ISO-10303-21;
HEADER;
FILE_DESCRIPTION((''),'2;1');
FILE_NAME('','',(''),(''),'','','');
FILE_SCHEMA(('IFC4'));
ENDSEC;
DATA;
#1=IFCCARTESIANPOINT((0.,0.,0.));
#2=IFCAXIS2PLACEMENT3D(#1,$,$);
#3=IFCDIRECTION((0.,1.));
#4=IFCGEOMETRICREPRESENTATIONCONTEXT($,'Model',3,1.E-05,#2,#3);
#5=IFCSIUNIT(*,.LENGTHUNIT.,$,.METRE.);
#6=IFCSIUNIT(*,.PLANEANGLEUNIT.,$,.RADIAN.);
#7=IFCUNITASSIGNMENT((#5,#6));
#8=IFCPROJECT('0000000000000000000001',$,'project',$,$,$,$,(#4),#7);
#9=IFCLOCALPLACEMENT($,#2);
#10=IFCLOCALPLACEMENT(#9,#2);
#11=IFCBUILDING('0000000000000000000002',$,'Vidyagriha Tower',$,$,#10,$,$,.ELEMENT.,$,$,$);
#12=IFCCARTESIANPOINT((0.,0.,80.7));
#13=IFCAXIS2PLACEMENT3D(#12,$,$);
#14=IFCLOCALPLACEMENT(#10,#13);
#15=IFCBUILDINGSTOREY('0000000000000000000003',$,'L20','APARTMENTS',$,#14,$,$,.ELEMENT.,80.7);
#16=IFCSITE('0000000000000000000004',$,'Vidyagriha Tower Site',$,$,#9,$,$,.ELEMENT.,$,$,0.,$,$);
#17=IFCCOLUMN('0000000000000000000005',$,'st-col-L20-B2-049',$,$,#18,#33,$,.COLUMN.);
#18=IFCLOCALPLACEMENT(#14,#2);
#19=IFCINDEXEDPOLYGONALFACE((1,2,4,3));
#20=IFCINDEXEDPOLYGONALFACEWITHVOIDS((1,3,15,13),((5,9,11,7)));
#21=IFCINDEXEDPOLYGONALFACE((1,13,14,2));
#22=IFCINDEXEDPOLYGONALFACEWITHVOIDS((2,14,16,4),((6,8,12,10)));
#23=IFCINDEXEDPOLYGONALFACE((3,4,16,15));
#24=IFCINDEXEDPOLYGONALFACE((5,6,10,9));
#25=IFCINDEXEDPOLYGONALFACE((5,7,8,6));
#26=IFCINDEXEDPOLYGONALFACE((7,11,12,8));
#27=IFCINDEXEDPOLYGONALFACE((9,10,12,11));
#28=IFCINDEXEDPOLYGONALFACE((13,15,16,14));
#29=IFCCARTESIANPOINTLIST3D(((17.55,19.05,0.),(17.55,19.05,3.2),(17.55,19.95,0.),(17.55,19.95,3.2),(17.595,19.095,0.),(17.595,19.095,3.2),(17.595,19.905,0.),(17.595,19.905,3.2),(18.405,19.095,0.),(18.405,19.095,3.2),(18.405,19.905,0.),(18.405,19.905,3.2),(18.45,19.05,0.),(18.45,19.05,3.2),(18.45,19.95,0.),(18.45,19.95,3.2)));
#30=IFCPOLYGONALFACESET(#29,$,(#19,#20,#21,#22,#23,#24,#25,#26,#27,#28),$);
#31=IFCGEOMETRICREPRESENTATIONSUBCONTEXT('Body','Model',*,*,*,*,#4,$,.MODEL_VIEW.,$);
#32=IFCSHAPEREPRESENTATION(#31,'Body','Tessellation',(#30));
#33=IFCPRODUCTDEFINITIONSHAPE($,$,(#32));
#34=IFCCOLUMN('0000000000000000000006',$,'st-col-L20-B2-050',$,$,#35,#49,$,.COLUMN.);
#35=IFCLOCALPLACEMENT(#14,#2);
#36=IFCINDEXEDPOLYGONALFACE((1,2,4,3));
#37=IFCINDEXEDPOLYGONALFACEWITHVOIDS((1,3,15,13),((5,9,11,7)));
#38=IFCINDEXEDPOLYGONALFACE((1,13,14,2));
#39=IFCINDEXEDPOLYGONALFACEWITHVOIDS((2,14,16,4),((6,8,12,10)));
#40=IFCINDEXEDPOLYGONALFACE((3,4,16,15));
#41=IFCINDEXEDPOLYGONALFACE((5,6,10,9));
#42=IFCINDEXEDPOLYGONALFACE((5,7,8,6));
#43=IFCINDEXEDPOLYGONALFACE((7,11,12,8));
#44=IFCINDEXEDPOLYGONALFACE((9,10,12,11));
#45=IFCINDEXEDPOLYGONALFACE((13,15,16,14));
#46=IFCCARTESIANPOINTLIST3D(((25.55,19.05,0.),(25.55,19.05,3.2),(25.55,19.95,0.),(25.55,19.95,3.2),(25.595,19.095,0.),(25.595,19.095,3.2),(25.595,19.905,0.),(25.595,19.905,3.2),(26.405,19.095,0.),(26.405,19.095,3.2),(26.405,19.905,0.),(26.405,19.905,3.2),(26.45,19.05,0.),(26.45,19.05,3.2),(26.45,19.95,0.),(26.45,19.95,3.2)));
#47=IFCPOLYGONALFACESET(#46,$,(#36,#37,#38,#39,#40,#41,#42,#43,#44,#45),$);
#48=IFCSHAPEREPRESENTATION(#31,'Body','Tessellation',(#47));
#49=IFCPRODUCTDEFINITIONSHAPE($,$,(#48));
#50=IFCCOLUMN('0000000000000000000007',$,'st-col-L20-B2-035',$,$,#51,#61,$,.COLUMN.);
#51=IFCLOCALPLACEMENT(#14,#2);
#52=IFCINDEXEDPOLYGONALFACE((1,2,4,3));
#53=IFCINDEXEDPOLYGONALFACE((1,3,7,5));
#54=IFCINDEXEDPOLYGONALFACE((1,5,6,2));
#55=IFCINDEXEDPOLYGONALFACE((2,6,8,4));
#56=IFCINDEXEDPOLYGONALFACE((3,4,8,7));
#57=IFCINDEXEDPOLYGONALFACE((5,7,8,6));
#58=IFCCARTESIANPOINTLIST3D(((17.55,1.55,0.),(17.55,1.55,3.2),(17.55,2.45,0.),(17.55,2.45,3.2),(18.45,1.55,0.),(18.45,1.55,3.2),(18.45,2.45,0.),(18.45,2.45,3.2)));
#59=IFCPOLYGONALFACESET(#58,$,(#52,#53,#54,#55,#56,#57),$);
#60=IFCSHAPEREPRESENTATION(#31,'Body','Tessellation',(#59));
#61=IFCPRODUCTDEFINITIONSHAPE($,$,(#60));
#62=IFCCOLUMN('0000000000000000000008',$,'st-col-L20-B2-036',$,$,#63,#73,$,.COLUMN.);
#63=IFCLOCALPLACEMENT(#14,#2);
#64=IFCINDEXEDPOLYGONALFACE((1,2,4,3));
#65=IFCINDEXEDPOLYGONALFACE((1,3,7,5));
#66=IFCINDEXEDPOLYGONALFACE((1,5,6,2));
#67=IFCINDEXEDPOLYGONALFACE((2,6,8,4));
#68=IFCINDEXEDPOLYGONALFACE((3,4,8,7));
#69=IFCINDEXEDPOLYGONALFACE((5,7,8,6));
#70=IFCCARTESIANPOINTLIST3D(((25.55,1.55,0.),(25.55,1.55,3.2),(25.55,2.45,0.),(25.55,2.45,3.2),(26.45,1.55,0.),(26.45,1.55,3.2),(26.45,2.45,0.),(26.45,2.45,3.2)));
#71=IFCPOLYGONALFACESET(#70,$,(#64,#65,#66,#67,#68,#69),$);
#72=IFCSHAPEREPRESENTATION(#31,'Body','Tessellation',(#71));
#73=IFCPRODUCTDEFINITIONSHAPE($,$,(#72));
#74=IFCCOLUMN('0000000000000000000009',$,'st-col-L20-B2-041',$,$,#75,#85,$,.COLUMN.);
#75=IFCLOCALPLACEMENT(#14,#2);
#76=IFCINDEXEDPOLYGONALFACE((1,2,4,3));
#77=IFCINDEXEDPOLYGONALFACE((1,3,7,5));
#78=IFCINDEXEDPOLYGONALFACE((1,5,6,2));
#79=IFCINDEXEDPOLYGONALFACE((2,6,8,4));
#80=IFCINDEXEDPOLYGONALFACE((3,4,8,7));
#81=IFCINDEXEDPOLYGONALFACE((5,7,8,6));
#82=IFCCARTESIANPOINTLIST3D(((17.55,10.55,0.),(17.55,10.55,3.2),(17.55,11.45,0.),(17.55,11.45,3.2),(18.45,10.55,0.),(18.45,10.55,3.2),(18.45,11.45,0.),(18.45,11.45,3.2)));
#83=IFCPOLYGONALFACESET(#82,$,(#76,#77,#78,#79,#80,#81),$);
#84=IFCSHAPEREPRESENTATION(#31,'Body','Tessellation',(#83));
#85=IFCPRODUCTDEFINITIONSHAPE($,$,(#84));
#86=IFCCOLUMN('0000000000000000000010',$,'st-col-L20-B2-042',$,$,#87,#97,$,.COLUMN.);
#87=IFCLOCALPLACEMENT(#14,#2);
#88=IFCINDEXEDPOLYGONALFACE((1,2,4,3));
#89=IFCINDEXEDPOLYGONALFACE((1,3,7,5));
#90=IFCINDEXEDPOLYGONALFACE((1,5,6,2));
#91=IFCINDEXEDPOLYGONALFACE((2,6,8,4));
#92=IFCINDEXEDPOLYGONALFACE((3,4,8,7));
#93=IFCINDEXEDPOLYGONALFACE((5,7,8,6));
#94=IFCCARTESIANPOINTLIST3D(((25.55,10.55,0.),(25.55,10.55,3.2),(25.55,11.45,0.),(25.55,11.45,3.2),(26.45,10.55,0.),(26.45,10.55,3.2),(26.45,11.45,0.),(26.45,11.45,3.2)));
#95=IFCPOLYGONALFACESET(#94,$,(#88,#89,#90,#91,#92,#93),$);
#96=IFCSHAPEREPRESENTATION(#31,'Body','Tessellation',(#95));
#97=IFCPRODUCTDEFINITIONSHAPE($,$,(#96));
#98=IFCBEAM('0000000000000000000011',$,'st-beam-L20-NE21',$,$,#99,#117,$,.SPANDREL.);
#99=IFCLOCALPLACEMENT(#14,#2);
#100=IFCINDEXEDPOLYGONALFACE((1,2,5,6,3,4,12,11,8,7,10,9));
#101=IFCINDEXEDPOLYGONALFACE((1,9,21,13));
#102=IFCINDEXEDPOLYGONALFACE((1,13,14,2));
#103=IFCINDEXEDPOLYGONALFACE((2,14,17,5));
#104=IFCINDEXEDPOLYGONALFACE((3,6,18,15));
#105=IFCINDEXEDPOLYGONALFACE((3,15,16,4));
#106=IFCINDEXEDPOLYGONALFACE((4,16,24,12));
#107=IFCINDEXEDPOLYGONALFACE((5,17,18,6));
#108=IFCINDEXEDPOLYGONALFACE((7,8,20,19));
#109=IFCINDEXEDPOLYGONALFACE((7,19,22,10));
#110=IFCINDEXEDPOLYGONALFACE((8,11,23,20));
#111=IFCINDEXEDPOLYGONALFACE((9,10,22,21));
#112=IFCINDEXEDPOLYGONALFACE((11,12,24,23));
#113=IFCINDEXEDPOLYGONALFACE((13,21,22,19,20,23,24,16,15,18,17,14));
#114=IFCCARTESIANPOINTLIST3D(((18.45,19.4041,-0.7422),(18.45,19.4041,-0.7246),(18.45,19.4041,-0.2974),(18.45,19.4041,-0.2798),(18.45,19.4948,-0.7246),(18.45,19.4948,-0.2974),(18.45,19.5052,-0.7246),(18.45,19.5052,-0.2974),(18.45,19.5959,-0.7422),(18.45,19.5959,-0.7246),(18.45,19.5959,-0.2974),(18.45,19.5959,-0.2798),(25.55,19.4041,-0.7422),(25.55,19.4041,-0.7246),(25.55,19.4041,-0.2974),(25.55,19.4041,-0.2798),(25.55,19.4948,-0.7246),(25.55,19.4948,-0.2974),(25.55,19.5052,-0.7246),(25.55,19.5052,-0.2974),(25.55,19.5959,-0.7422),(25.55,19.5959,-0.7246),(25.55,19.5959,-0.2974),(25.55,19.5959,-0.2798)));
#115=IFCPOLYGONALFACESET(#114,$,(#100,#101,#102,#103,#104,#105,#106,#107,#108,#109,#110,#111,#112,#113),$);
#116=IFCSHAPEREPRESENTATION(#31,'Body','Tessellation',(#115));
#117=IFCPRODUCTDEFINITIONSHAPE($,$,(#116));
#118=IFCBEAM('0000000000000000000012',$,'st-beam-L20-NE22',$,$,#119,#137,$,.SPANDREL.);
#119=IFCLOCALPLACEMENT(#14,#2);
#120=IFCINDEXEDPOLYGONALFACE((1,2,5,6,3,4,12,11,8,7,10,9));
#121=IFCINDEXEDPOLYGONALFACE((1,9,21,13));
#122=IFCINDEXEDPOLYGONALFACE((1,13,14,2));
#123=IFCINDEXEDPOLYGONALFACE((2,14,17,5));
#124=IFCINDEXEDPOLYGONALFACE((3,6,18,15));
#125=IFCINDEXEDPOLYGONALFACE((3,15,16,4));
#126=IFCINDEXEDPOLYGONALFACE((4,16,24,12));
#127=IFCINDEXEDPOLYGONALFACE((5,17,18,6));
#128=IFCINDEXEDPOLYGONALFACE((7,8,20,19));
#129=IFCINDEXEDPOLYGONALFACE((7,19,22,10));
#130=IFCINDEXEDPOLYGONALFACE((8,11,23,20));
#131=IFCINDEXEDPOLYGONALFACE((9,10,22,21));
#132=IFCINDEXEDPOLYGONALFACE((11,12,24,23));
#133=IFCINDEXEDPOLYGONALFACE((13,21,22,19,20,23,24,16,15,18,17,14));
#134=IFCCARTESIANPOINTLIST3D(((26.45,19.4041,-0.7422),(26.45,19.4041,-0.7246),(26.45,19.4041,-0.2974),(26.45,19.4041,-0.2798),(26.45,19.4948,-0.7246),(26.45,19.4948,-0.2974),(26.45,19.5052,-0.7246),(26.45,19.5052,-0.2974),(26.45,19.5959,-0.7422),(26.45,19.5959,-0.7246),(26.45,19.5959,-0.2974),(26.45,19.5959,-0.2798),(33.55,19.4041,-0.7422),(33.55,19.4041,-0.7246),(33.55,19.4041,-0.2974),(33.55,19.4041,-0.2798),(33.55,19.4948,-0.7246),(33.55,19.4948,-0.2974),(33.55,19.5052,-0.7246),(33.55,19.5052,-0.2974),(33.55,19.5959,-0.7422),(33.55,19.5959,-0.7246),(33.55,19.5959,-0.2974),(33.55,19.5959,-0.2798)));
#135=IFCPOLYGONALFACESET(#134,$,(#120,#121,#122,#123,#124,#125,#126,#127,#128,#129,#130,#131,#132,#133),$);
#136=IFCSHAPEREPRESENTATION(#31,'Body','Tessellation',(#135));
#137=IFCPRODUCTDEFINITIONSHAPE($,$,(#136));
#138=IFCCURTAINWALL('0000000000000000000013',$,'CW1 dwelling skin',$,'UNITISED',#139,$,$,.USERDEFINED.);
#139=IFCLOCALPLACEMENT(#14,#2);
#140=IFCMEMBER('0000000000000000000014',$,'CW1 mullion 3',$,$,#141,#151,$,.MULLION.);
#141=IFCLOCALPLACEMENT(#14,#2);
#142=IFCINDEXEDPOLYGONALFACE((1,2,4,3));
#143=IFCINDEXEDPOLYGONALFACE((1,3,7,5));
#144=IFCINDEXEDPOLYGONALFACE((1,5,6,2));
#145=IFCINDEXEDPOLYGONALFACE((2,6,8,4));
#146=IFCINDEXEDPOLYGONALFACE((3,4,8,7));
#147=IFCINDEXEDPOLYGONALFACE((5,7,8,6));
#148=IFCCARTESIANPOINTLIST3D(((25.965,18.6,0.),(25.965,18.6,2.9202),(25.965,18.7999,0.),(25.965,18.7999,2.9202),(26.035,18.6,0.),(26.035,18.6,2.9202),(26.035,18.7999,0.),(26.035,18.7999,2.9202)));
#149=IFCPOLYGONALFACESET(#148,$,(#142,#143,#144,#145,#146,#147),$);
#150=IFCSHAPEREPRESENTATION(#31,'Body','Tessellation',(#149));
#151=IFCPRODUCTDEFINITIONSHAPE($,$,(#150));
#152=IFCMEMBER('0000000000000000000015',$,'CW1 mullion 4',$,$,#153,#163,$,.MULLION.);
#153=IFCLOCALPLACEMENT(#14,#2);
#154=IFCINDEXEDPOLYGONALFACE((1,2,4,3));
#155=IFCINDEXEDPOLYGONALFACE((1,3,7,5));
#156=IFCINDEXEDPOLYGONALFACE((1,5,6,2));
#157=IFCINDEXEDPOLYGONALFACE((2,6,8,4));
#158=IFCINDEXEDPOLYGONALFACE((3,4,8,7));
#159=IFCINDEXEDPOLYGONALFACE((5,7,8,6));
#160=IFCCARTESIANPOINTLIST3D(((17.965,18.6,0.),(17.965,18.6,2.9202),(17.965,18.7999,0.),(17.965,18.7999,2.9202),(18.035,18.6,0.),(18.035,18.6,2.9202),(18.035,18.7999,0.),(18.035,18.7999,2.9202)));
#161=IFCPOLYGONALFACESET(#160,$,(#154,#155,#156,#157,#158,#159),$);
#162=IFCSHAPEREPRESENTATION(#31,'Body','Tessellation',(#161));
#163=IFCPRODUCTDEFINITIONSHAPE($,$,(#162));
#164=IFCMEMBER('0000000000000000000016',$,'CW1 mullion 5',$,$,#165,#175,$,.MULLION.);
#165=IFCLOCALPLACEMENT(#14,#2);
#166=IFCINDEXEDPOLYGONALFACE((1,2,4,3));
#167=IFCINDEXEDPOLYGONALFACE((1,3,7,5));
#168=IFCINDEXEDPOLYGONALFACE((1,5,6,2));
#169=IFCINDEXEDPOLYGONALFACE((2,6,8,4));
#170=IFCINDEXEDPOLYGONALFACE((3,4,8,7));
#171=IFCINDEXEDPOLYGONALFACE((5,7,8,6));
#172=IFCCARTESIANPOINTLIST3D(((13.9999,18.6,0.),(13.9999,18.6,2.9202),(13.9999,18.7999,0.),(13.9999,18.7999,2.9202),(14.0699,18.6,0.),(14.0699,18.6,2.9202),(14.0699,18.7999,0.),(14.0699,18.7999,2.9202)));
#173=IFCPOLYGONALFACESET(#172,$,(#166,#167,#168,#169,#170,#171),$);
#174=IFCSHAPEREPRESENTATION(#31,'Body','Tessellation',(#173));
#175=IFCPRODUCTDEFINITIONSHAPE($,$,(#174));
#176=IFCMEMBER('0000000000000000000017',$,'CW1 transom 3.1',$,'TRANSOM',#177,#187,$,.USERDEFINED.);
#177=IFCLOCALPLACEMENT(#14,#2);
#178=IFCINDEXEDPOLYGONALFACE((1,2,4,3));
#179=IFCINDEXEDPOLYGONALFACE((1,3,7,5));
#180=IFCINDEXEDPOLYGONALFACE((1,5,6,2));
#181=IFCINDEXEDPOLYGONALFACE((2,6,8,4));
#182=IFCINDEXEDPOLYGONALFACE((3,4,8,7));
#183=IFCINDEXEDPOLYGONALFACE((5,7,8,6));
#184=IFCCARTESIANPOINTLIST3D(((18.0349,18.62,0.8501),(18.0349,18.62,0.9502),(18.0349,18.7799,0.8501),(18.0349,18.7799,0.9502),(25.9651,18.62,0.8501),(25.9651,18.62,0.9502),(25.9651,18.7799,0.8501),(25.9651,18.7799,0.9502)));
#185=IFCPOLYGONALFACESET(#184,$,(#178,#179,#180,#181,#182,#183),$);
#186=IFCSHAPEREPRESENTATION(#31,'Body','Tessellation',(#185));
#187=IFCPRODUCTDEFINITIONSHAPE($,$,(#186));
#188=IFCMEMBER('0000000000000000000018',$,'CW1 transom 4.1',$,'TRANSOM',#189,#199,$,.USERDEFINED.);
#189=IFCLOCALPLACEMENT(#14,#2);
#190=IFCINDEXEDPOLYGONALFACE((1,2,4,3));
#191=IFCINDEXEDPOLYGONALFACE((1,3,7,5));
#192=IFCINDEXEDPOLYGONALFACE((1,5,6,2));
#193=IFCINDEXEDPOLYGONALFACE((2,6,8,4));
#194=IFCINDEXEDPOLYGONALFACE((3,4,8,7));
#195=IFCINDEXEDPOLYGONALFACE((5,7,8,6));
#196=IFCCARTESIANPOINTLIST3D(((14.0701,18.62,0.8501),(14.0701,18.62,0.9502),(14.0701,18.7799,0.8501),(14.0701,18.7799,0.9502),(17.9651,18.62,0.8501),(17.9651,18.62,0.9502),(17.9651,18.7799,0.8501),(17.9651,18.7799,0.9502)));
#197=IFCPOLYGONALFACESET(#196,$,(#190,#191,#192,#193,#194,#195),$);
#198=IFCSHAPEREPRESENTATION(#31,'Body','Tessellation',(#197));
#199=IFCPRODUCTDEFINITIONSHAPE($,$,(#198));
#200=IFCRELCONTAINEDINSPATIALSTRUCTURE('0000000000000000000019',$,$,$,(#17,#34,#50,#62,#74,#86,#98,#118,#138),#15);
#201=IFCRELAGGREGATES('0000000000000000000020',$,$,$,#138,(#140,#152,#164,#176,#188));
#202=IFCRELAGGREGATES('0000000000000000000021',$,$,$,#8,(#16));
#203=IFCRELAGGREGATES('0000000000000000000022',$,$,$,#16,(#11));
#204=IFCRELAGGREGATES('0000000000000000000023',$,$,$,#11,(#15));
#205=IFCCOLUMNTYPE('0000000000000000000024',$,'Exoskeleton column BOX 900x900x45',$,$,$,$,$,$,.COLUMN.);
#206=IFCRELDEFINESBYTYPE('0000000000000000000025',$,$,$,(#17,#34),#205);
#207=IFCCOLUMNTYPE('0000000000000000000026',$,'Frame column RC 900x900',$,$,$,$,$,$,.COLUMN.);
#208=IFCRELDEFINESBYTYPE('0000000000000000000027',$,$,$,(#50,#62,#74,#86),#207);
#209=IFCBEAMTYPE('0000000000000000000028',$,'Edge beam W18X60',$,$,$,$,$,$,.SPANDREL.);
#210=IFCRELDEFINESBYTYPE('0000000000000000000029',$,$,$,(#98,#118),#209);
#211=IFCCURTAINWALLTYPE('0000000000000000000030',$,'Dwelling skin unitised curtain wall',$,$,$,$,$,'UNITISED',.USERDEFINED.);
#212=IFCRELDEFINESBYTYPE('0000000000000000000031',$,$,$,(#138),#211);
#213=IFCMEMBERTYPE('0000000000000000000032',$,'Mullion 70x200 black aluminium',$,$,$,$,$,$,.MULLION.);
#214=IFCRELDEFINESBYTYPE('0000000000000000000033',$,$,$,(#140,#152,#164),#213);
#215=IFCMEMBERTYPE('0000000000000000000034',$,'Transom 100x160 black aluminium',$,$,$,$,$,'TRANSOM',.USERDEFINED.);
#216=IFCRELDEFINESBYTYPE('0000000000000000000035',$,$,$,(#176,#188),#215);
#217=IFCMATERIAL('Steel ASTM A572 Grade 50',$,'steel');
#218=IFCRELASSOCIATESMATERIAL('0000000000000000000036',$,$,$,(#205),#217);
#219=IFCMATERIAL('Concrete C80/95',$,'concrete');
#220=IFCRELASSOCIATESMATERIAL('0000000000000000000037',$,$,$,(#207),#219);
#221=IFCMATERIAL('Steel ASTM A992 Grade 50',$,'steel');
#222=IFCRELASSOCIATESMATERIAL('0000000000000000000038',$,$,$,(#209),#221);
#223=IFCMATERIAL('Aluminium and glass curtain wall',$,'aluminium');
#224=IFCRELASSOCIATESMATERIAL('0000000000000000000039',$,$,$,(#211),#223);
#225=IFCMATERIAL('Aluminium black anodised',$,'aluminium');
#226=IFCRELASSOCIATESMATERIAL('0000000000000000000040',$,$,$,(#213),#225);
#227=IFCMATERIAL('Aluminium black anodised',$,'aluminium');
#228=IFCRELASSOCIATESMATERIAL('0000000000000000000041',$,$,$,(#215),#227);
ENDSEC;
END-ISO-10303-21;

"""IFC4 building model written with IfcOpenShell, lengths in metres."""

from ifc_helpers import new_model, si_unit, direction, frame, origin, origin_2d, place, context, subcontext, project, spatial, rectangle, hollow_rectangle, i_section, extrude, material, material_profile, profile_set, type_object, element, aggregate, save


model = new_model("IFC4")

# Units and contexts
model_context = context("Model", 3, precision=1e-05, world=origin(), true_north=direction((0.0, 1.0)))
body_context = subcontext(model_context, "Body", "Model", "MODEL_VIEW")
ifc_project = project(units=[si_unit("LENGTHUNIT", "METRE"), si_unit("PLANEANGLEUNIT", "RADIAN")], contexts=[model_context])

# Site, building, storey
site_placement = place(None, origin())
site = spatial("IfcSite", under=ifc_project, at=site_placement, Name="Vidyagriha Tower Site", CompositionType="ELEMENT", RefElevation=0.0)
building_placement = place(site_placement, origin())
building = spatial("IfcBuilding", under=site, at=building_placement, Name="Vidyagriha Tower", CompositionType="ELEMENT")
storey_placement = place(building_placement, frame((0.0, 0.0, 80.7)))
storey = spatial("IfcBuildingStorey", under=building, at=storey_placement, Name="L20", Description="APARTMENTS", CompositionType="ELEMENT", Elevation=80.7)

# Columns
ifc_material_1 = material(Name="Steel ASTM A572 Grade 50", Category="steel")
ifc_material_profile_1 = material_profile(ifc_material_1, hollow_rectangle(XDim=0.8999, YDim=0.8999, WallThickness=0.0449, at=origin_2d()), Name="BOX 900x900x45")
ifc_profile_set_1 = profile_set([ifc_material_profile_1], Name="Steel ASTM A572 Grade 50")
column_type_1 = type_object("IfcColumnType", Name="Exoskeleton column BOX 900x900x45", PredefinedType="COLUMN", material=ifc_profile_set_1)
for number, where, name in (
    (1, (18.0, 19.5, 0.0), "st-col-L20-B2-049"),
    (2, (26.0, 19.5, 0.0), "st-col-L20-B2-050"),
):
    element("IfcColumn", number, at=place(storey_placement, frame(where)), inside=storey, type_object=column_type_1, Name=name, PredefinedType="COLUMN", context=body_context, shape_type="SweptSolid", body=[
        extrude(hollow_rectangle(XDim=0.8999, YDim=0.8999, WallThickness=0.0449, at=origin_2d()), origin(), (0.0, 0.0, 1.0), 3.2),
    ])
ifc_material_2 = material(Name="Concrete C80/95", Category="concrete")
ifc_material_profile_2 = material_profile(ifc_material_2, rectangle(XDim=0.8999, YDim=0.8999, at=origin_2d()), Name="RC 900x900")
ifc_profile_set_2 = profile_set([ifc_material_profile_2], Name="Concrete C80/95")
column_type_2 = type_object("IfcColumnType", Name="Frame column RC 900x900", PredefinedType="COLUMN", material=ifc_profile_set_2)
for number, where, name in (
    (3, (18.0, 2.0, 0.0), "st-col-L20-B2-035"),
    (4, (26.0, 2.0, 0.0), "st-col-L20-B2-036"),
    (5, (18.0, 11.0, 0.0), "st-col-L20-B2-041"),
    (6, (26.0, 11.0, 0.0), "st-col-L20-B2-042"),
):
    element("IfcColumn", number, at=place(storey_placement, frame(where)), inside=storey, type_object=column_type_2, Name=name, PredefinedType="COLUMN", context=body_context, shape_type="SweptSolid", body=[
        extrude(rectangle(XDim=0.8999, YDim=0.8999, at=origin_2d()), origin(), (0.0, 0.0, 1.0), 3.2),
    ])

# Beams
ifc_material_3 = material(Name="Steel ASTM A992 Grade 50", Category="steel")
ifc_material_profile_3 = material_profile(ifc_material_3, i_section(OverallWidth=0.1919, OverallDepth=0.4624, WebThickness=0.0105, FlangeThickness=0.0176, at=origin_2d()), Name="W18X60")
ifc_profile_set_3 = profile_set([ifc_material_profile_3], Name="Steel ASTM A992 Grade 50")
beam_type = type_object("IfcBeamType", Name="Edge beam W18X60", PredefinedType="SPANDREL", material=ifc_profile_set_3)
for number, where, z_axis, x_axis, name in (
    (7, (18.45, 19.5, -0.511), (1.0, 0.0, 0.0), (0.0, 1.0, 0.0), "st-beam-L20-NE21"),
    (8, (26.45, 19.5, -0.511), (1.0, 0.0, 0.0), (0.0, 1.0, 0.0), "st-beam-L20-NE22"),
):
    element("IfcBeam", number, at=place(storey_placement, frame(where, z_axis=z_axis, x_axis=x_axis)), inside=storey, type_object=beam_type, Name=name, PredefinedType="SPANDREL", context=body_context, shape_type="SweptSolid", body=[
        extrude(i_section(OverallWidth=0.1919, OverallDepth=0.4624, WebThickness=0.0105, FlangeThickness=0.0176, at=origin_2d()), origin(), (0.0, 0.0, 1.0), 7.1001),
    ])

# Curtain wall, members
ifc_material_4 = material(Name="Aluminium and glass curtain wall", Category="aluminium")
curtain_wall_type = type_object("IfcCurtainWallType", Name="Dwelling skin unitised curtain wall", ElementType="UNITISED", PredefinedType="USERDEFINED", material=ifc_material_4)
curtain_wall_placement = place(storey_placement, origin())
curtain_wall = element("IfcCurtainWall", 9, at=curtain_wall_placement, inside=storey, type_object=curtain_wall_type, Name="CW1 dwelling skin", ObjectType="UNITISED", PredefinedType="USERDEFINED")
ifc_material_5 = material(Name="Aluminium black anodised", Category="aluminium")
ifc_material_profile_4 = material_profile(ifc_material_5, rectangle(XDim=0.2, YDim=0.0701, at=origin_2d()), Name="Mullion 70x200 black aluminium")
ifc_profile_set_4 = profile_set([ifc_material_profile_4], Name="Aluminium black anodised")
member_type_1 = type_object("IfcMemberType", Name="Mullion 70x200 black aluminium", PredefinedType="MULLION", material=ifc_profile_set_4)
member_1_placement = place(storey_placement, frame((26.0, 18.7, 0.0), z_axis=(0.0, 0.0, 1.0), x_axis=(0.0, -1.0, 0.0)))
member_1 = element("IfcMember", 10, at=member_1_placement, type_object=member_type_1, Name="CW1 mullion 3", PredefinedType="MULLION", context=body_context, shape_type="SweptSolid", body=[
    extrude(rectangle(XDim=0.2, YDim=0.0701, at=origin_2d()), origin(), (0.0, 0.0, 1.0), 2.9202),
])
member_2_placement = place(storey_placement, frame((18.0, 18.7, 0.0), z_axis=(0.0, 0.0, 1.0), x_axis=(0.0, -1.0, 0.0)))
member_2 = element("IfcMember", 11, at=member_2_placement, type_object=member_type_1, Name="CW1 mullion 4", PredefinedType="MULLION", context=body_context, shape_type="SweptSolid", body=[
    extrude(rectangle(XDim=0.2, YDim=0.0701, at=origin_2d()), origin(), (0.0, 0.0, 1.0), 2.9202),
])
member_3_placement = place(storey_placement, frame((14.0349, 18.7, 0.0), z_axis=(0.0, 0.0, 1.0), x_axis=(0.0, -1.0, 0.0)))
member_3 = element("IfcMember", 12, at=member_3_placement, type_object=member_type_1, Name="CW1 mullion 5", PredefinedType="MULLION", context=body_context, shape_type="SweptSolid", body=[
    extrude(rectangle(XDim=0.2, YDim=0.0701, at=origin_2d()), origin(), (0.0, 0.0, 1.0), 2.9202),
])
ifc_material_6 = material(Name="Aluminium black anodised", Category="aluminium")
ifc_material_profile_5 = material_profile(ifc_material_6, rectangle(XDim=0.1599, YDim=0.1001, at=origin_2d()), Name="Transom 100x160 black aluminium")
ifc_profile_set_5 = profile_set([ifc_material_profile_5], Name="Aluminium black anodised")
member_type_2 = type_object("IfcMemberType", Name="Transom 100x160 black aluminium", ElementType="TRANSOM", PredefinedType="USERDEFINED", material=ifc_profile_set_5)
member_4_placement = place(storey_placement, frame((25.9651, 18.7, 0.9001), z_axis=(-1.0, 0.0, 0.0), x_axis=(0.0, -1.0, 0.0)))
member_4 = element("IfcMember", 13, at=member_4_placement, type_object=member_type_2, Name="CW1 transom 3.1", ObjectType="TRANSOM", PredefinedType="USERDEFINED", context=body_context, shape_type="SweptSolid", body=[
    extrude(rectangle(XDim=0.1599, YDim=0.1001, at=origin_2d()), origin(), (0.0, 0.0, 1.0), 7.9302),
])
member_5_placement = place(storey_placement, frame((17.9651, 18.7, 0.9001), z_axis=(-1.0, 0.0, 0.0), x_axis=(0.0, -1.0, 0.0)))
member_5 = element("IfcMember", 14, at=member_5_placement, type_object=member_type_2, Name="CW1 transom 4.1", ObjectType="TRANSOM", PredefinedType="USERDEFINED", context=body_context, shape_type="SweptSolid", body=[
    extrude(rectangle(XDim=0.1599, YDim=0.1001, at=origin_2d()), origin(), (0.0, 0.0, 1.0), 3.895),
])
aggregate(curtain_wall, [member_1, member_2, member_3, member_4, member_5])

save(model, "model.ifc")
